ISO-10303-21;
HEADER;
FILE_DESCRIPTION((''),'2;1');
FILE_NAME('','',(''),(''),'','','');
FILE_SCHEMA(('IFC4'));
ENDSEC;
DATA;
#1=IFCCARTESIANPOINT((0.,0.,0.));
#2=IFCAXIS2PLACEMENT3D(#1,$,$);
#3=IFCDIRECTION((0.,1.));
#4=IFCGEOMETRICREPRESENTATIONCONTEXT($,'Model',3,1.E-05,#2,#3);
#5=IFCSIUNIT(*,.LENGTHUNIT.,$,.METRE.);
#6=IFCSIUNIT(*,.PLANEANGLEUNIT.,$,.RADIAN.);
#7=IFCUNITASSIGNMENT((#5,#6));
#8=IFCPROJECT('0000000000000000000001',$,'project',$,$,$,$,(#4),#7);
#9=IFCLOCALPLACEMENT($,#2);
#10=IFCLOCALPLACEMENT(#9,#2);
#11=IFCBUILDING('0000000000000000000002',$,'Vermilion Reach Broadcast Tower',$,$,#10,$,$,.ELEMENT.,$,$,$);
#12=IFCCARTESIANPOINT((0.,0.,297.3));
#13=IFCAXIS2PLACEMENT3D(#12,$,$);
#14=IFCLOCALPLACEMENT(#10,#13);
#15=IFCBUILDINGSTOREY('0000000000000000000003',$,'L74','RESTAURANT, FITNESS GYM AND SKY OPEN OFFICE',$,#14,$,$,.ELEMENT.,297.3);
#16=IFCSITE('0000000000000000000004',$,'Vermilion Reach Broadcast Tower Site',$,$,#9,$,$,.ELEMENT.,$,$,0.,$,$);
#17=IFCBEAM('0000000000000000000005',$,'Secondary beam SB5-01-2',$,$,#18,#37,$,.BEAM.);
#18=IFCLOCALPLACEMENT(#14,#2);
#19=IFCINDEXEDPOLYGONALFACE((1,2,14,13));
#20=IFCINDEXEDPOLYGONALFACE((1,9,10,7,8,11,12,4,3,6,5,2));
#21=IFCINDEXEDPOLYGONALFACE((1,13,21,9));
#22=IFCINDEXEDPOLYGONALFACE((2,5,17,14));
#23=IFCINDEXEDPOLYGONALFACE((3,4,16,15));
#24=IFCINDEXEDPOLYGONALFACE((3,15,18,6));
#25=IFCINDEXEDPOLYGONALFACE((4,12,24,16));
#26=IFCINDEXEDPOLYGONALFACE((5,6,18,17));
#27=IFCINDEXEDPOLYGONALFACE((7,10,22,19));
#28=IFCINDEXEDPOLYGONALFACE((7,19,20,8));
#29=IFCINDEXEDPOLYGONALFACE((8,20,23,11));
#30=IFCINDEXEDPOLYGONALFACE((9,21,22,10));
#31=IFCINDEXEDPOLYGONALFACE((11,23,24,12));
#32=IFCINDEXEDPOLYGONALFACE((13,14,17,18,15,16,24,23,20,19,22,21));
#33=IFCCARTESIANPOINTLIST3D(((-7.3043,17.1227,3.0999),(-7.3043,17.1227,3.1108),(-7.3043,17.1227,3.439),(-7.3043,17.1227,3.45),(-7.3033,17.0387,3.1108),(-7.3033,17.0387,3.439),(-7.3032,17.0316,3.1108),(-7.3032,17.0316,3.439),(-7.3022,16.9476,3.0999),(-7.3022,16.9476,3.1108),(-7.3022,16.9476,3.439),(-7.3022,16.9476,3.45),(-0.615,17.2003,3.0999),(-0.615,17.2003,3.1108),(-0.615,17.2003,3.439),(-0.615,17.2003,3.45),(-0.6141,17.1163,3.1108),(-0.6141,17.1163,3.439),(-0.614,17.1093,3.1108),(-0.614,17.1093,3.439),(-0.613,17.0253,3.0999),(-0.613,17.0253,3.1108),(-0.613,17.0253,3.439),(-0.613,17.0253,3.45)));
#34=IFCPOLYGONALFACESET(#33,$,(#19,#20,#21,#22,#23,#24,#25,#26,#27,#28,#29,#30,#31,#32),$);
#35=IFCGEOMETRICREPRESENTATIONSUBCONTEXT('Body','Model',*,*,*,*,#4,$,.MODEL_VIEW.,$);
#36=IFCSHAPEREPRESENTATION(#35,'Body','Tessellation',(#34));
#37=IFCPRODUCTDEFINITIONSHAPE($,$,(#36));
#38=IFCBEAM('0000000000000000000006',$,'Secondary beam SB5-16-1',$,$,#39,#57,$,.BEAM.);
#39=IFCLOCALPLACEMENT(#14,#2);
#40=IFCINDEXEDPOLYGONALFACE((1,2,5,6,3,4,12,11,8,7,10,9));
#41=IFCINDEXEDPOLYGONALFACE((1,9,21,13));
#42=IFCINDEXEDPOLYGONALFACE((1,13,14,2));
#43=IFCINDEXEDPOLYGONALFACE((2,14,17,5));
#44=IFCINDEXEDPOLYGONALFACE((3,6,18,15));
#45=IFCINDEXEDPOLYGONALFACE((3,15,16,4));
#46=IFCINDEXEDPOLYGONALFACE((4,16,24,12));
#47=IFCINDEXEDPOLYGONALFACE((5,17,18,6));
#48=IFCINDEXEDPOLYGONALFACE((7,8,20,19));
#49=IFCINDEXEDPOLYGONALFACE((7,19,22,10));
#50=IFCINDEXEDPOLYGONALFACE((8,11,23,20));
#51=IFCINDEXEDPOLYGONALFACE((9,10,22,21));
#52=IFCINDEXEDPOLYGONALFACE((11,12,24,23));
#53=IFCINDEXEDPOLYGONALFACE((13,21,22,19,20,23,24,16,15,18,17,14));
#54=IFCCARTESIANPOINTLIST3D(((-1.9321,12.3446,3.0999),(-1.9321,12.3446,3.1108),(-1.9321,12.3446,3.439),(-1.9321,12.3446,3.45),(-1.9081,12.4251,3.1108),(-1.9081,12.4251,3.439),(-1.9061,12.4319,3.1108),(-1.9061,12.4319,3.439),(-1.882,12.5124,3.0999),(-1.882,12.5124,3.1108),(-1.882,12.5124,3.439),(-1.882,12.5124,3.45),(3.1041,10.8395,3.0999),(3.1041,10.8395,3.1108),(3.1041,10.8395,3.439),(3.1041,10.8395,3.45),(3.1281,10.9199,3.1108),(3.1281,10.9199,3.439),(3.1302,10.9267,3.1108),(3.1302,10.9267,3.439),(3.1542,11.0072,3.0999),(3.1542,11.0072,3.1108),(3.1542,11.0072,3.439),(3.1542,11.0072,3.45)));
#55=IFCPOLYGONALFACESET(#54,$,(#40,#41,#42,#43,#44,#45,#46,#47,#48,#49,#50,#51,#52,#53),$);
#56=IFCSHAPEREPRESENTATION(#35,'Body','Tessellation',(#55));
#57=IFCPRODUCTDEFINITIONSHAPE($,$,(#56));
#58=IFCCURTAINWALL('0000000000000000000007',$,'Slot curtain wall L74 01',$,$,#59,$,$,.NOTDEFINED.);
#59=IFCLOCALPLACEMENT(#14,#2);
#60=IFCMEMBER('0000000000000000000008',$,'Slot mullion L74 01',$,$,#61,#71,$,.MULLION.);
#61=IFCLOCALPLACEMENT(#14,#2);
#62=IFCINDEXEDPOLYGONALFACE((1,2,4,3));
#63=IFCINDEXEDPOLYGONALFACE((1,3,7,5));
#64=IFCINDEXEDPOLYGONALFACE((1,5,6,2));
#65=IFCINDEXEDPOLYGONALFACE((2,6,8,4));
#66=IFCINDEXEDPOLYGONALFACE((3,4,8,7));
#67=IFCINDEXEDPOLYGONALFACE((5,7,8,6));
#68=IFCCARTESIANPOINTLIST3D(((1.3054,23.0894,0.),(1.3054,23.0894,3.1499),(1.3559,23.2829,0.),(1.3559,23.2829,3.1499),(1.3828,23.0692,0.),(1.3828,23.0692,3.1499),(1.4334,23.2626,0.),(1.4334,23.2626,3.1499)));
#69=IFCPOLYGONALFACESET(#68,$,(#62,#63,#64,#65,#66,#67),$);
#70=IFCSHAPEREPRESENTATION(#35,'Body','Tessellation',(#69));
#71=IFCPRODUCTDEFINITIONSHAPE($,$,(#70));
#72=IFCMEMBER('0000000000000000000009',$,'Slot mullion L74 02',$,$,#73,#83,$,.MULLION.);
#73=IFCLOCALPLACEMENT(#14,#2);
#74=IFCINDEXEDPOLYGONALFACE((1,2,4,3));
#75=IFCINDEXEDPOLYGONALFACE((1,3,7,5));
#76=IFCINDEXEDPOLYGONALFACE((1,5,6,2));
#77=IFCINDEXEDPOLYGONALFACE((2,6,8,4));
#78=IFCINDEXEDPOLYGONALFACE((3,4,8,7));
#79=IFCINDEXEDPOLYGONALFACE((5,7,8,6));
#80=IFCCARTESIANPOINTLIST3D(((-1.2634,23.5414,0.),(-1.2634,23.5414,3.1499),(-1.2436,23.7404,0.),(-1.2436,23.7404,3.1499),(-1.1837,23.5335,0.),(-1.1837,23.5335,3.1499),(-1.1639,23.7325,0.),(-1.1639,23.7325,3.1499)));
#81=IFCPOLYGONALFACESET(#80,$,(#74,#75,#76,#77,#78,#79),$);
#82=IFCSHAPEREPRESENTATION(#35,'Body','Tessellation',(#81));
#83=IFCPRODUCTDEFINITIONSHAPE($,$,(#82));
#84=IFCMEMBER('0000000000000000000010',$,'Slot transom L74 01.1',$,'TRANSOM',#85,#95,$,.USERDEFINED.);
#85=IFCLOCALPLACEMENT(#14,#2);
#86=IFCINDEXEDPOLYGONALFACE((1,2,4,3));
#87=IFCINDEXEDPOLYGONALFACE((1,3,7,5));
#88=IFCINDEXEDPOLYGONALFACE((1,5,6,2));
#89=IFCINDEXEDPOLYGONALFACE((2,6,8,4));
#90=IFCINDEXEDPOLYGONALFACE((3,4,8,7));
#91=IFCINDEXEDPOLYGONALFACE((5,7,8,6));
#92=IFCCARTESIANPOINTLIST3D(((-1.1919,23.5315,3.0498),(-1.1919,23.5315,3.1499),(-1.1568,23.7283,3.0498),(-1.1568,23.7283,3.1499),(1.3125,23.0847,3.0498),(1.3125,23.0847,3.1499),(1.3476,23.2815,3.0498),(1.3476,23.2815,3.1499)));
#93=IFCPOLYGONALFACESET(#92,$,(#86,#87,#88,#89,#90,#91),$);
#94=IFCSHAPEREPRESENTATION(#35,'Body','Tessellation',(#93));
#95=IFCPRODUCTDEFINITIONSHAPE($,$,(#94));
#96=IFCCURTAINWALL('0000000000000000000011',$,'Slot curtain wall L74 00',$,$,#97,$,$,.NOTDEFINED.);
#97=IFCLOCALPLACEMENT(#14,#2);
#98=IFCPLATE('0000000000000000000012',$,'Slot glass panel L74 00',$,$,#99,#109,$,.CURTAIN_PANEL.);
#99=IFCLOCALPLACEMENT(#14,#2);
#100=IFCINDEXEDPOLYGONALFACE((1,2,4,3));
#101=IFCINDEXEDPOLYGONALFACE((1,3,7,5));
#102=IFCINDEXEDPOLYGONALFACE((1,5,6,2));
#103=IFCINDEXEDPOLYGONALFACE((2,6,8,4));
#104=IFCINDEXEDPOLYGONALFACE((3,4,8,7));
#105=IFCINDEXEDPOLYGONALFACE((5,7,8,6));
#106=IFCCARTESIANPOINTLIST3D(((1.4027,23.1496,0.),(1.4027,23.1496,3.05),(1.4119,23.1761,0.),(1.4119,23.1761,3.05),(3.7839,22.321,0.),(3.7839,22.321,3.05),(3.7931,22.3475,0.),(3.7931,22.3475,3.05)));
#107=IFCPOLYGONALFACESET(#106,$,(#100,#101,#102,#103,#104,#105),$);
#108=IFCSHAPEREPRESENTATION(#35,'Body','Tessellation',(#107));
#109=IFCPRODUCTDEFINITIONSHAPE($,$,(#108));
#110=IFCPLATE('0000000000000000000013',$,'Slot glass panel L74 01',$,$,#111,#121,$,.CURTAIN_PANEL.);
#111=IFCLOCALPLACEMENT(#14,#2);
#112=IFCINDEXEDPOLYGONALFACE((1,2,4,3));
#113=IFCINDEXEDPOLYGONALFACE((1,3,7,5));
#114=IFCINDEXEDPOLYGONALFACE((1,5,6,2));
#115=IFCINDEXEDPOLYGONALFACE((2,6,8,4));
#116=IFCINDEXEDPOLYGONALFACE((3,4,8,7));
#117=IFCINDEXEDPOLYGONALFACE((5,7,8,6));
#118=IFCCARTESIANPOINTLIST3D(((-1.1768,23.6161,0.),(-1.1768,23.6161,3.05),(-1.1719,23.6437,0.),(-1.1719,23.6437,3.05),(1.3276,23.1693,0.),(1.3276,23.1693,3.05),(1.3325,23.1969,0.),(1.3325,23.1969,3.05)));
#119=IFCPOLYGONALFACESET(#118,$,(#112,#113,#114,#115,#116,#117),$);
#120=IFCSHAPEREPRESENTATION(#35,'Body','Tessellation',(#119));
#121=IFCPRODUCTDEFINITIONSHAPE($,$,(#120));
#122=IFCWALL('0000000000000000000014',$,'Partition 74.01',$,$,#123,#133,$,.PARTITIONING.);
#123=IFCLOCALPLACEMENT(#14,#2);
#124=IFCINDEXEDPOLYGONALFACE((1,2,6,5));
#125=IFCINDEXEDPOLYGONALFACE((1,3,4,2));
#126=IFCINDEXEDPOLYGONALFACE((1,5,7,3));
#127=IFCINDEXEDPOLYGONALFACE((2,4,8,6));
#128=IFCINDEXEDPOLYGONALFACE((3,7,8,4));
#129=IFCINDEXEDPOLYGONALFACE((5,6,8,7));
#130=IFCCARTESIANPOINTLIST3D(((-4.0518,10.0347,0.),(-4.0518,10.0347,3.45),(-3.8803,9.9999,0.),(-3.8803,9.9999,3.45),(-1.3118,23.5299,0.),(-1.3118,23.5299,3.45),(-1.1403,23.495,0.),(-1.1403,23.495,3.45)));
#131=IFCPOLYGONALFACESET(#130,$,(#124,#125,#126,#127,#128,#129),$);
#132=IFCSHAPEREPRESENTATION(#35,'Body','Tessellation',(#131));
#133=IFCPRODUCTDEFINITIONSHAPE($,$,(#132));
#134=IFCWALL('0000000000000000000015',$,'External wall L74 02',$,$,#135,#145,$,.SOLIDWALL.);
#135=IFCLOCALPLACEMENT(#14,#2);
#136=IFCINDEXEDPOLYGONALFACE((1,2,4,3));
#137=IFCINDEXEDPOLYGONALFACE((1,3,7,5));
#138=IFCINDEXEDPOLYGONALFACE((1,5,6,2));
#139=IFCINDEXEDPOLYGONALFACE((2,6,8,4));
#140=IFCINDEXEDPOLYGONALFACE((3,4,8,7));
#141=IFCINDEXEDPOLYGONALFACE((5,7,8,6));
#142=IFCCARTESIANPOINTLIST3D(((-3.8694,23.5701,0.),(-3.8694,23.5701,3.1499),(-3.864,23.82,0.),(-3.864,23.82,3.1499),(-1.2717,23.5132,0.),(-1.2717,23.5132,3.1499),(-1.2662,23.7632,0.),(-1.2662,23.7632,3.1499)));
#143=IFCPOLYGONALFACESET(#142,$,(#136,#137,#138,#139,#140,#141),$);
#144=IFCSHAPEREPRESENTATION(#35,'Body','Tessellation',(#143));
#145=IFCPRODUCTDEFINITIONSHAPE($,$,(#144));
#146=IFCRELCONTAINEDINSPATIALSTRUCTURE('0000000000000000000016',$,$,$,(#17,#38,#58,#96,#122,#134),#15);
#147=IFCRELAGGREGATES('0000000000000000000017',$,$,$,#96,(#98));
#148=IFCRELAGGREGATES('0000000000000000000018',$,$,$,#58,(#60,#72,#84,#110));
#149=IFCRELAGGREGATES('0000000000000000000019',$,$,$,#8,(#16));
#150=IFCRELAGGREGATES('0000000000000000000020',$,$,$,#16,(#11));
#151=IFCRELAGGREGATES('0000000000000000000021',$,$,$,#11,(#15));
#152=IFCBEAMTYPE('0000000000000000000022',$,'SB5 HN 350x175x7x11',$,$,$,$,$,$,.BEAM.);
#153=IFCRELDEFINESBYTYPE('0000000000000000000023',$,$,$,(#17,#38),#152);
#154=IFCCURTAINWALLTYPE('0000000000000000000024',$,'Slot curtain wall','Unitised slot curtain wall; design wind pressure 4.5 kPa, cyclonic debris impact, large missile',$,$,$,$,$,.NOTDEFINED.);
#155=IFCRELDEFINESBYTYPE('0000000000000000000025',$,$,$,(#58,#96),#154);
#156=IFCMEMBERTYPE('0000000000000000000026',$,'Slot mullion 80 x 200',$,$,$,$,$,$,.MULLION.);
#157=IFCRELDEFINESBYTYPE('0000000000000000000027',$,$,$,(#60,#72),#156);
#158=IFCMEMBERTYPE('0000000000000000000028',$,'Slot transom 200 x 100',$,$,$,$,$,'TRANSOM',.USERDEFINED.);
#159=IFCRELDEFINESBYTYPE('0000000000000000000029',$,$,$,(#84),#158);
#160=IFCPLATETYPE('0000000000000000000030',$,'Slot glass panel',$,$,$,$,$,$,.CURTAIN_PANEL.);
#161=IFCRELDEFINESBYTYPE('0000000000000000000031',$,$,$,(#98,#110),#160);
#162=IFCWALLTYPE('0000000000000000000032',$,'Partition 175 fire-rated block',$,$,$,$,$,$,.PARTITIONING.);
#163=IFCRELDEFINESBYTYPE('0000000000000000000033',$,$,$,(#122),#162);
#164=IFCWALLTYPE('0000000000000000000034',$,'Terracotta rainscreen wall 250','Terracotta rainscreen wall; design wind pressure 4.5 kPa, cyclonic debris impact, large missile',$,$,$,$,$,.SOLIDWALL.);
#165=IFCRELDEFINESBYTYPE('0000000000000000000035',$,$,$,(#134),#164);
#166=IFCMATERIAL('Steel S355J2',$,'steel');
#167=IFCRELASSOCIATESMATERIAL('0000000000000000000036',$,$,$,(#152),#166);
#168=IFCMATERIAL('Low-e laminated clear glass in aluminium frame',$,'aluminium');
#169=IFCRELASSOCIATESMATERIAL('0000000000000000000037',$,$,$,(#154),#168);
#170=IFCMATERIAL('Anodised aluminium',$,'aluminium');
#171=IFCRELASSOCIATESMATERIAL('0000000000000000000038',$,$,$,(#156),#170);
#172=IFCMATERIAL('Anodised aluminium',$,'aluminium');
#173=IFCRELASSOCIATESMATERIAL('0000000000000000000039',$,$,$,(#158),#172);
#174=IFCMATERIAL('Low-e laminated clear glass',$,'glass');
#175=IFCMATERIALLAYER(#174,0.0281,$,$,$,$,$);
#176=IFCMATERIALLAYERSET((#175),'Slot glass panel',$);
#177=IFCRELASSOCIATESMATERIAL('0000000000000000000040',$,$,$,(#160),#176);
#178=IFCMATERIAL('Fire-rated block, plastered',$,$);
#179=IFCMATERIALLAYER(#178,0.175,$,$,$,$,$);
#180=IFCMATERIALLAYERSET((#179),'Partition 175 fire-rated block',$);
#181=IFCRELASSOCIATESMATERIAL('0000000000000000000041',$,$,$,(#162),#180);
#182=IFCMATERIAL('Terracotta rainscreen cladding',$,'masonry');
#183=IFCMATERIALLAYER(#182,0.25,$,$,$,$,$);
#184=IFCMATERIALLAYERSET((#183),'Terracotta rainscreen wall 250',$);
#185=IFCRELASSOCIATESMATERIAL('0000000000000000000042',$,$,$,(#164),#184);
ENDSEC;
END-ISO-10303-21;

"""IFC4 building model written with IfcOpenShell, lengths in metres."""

from ifc_helpers import new_model, si_unit, direction, frame, frame_2d, origin, origin_2d, place, context, subcontext, project, spatial, rectangle, i_section, extrude, material, layer, layer_set, material_profile, profile_set, type_object, element, aggregate, save


model = new_model("IFC4")

# Units and contexts
model_context = context("Model", 3, precision=1e-05, world=origin(), true_north=direction((0.0, 1.0)))
body_context = subcontext(model_context, "Body", "Model", "MODEL_VIEW")
ifc_project = project(units=[si_unit("LENGTHUNIT", "METRE"), si_unit("PLANEANGLEUNIT", "RADIAN")], contexts=[model_context])

# Site, building, storey
site_placement = place(None, origin())
site = spatial("IfcSite", under=ifc_project, at=site_placement, Name="Vermilion Reach Broadcast Tower Site", CompositionType="ELEMENT", RefElevation=0.0)
building_placement = place(site_placement, origin())
building = spatial("IfcBuilding", under=site, at=building_placement, Name="Vermilion Reach Broadcast Tower", CompositionType="ELEMENT")
storey_placement = place(building_placement, frame((0.0, 0.0, 297.3)))
storey = spatial("IfcBuildingStorey", under=building, at=storey_placement, Name="L74", Description="RESTAURANT, FITNESS GYM AND SKY OPEN OFFICE", CompositionType="ELEMENT", Elevation=297.3)

# Beams
ifc_material_1 = material(Name="Steel S355J2", Category="steel")
ifc_material_profile_1 = material_profile(ifc_material_1, i_section(OverallWidth=0.175, OverallDepth=0.3501, WebThickness=0.0071, FlangeThickness=0.011, at=origin_2d()), Name="S355J2 HN 350x175x7x11")
ifc_profile_set_1 = profile_set([ifc_material_profile_1], Name="Steel S355J2")
beam_type_1 = type_object("IfcBeamType", Name="SB5 HN 350x175x7x11", PredefinedType="BEAM", material=ifc_profile_set_1)
beam_1_placement = place(storey_placement, frame((-0.614, 17.1128, 3.2749), z_axis=(-0.999933, -0.011605, 0.0), x_axis=(0.011605, -0.999933, 0.0)))
element("IfcBeam", 1, at=beam_1_placement, inside=storey, type_object=beam_type_1, Name="Secondary beam SB5-01-2", PredefinedType="BEAM", context=body_context, shape_type="SweptSolid", body=[
    extrude(i_section(OverallWidth=0.175, OverallDepth=0.3501, WebThickness=0.0071, FlangeThickness=0.011, at=origin_2d()), origin(), (0.0, 0.0, 1.0), 6.6897),
])
beam_2_placement = place(storey_placement, frame((3.1292, 10.9233, 3.2749), z_axis=(-0.958125, 0.286351, 0.0), x_axis=(-0.286351, -0.958125, 0.0)))
element("IfcBeam", 2, at=beam_2_placement, inside=storey, type_object=beam_type_1, Name="Secondary beam SB5-16-1", PredefinedType="BEAM", context=body_context, shape_type="SweptSolid", body=[
    extrude(i_section(OverallWidth=0.175, OverallDepth=0.3501, WebThickness=0.0071, FlangeThickness=0.011, at=origin_2d()), origin(), (0.0, 0.0, 1.0), 5.2563),
])

# Curtain wall, members
ifc_material_2 = material(Name="Low-e laminated clear glass in aluminium frame", Category="aluminium")
curtain_wall_type = type_object("IfcCurtainWallType", Name="Slot curtain wall", Description="Unitised slot curtain wall; design wind pressure 4.5 kPa, cyclonic debris impact, large missile", PredefinedType="NOTDEFINED", material=ifc_material_2)
placement = place(storey_placement, origin())
curtain_wall_1 = element("IfcCurtainWall", 3, at=placement, inside=storey, type_object=curtain_wall_type, Name="Slot curtain wall L74 01", PredefinedType="NOTDEFINED")
ifc_material_3 = material(Name="Anodised aluminium", Category="aluminium")
ifc_material_profile_2 = material_profile(ifc_material_3, rectangle(XDim=0.2, YDim=0.0801, at=origin_2d()), Name="Slot mullion 80 x 200")
ifc_profile_set_2 = profile_set([ifc_material_profile_2], Name="Anodised aluminium")
member_type_1 = type_object("IfcMemberType", Name="Slot mullion 80 x 200", PredefinedType="MULLION", material=ifc_profile_set_2)
member_1_placement = place(storey_placement, frame((1.3694, 23.176, 0.0), z_axis=(0.0, 0.0, 1.0), x_axis=(-0.252932, -0.967484, 0.0)))
member_1 = element("IfcMember", 4, at=member_1_placement, type_object=member_type_1, Name="Slot mullion L74 01", PredefinedType="MULLION", context=body_context, shape_type="SweptSolid", body=[
    extrude(rectangle(XDim=0.2, YDim=0.0801, at=origin_2d()), origin(), (0.0, 0.0, 1.0), 3.1499),
])
member_2_placement = place(storey_placement, frame((-1.2136, 23.637, 0.0), z_axis=(0.0, 0.0, 1.0), x_axis=(-0.099085, -0.995079, 0.0)))
member_2 = element("IfcMember", 5, at=member_2_placement, type_object=member_type_1, Name="Slot mullion L74 02", PredefinedType="MULLION", context=body_context, shape_type="SweptSolid", body=[
    extrude(rectangle(XDim=0.2, YDim=0.0801, at=origin_2d()), origin(), (0.0, 0.0, 1.0), 3.1499),
])
ifc_material_4 = material(Name="Anodised aluminium", Category="aluminium")
ifc_material_profile_3 = material_profile(ifc_material_4, rectangle(XDim=0.2, YDim=0.1001, at=origin_2d()), Name="Slot transom 200 x 100")
ifc_profile_set_3 = profile_set([ifc_material_profile_3], Name="Anodised aluminium")
member_type_2 = type_object("IfcMemberType", Name="Slot transom 200 x 100", ElementType="TRANSOM", PredefinedType="USERDEFINED", material=ifc_profile_set_3)
member_3_placement = place(storey_placement, frame((1.3301, 23.1831, 3.0999), z_axis=(-0.984457, 0.175625, 0.0), x_axis=(-0.175625, -0.984457, 0.0)))
member_3 = element("IfcMember", 6, at=member_3_placement, type_object=member_type_2, Name="Slot transom L74 01.1", ObjectType="TRANSOM", PredefinedType="USERDEFINED", context=body_context, shape_type="SweptSolid", body=[
    extrude(rectangle(XDim=0.2, YDim=0.1001, at=origin_2d()), origin(), (0.0, 0.0, 1.0), 2.5439),
])

# Curtain wall, plate
curtain_wall_2 = element("IfcCurtainWall", 7, at=placement, inside=storey, type_object=curtain_wall_type, Name="Slot curtain wall L74 00", PredefinedType="NOTDEFINED")
ifc_material_5 = material(Name="Low-e laminated clear glass", Category="glass")
ifc_layer_1 = layer(ifc_material_5, 0.0281)
ifc_layer_set_1 = layer_set([ifc_layer_1], Name="Slot glass panel")
plate_type = type_object("IfcPlateType", Name="Slot glass panel", PredefinedType="CURTAIN_PANEL", material=ifc_layer_set_1)
plate_1_placement = place(storey_placement, frame((2.5979, 22.7485, 0.0), z_axis=(0.0, 0.0, 1.0), x_axis=(-0.944452, 0.328648, 0.0)))
plate_1 = element("IfcPlate", 8, at=plate_1_placement, type_object=plate_type, Name="Slot glass panel L74 00", PredefinedType="CURTAIN_PANEL", context=body_context, shape_type="SweptSolid", body=[
    extrude(rectangle(XDim=2.5212, YDim=0.0281, at=origin_2d()), origin(), (0.0, 0.0, 1.0), 3.05),
])
aggregate(curtain_wall_2, [plate_1])

# Plate
plate_2_placement = place(storey_placement, frame((0.0779, 23.4065, 0.0), z_axis=(0.0, 0.0, 1.0), x_axis=(-0.984456, 0.175632, 0.0)))
plate_2 = element("IfcPlate", 9, at=plate_2_placement, type_object=plate_type, Name="Slot glass panel L74 01", PredefinedType="CURTAIN_PANEL", context=body_context, shape_type="SweptSolid", body=[
    extrude(rectangle(XDim=2.5439, YDim=0.0281, at=origin_2d()), origin(), (0.0, 0.0, 1.0), 3.05),
])
aggregate(curtain_wall_1, [member_1, member_2, member_3, plate_2])

# Walls
ifc_material_6 = material(Name="Fire-rated block, plastered")
ifc_layer_2 = layer(ifc_material_6, 0.175)
ifc_layer_set_2 = layer_set([ifc_layer_2], Name="Partition 175 fire-rated block")
wall_type_1 = type_object("IfcWallType", Name="Partition 175 fire-rated block", PredefinedType="PARTITIONING", material=ifc_layer_set_2)
wall_1_placement = place(storey_placement, frame((-1.2261, 23.5125, 0.0), z_axis=(0.0, 0.0, 1.0), x_axis=(-0.198976, -0.980004, 0.0)))
element("IfcWall", 10, at=wall_1_placement, inside=storey, type_object=wall_type_1, Name="Partition 74.01", PredefinedType="PARTITIONING", context=body_context, shape_type="SweptSolid", body=[
    extrude(rectangle(XDim=13.7705, YDim=0.175, at=frame_2d((6.8853, 0.0))), origin(), (0.0, 0.0, 1.0), 3.45),
])
ifc_material_7 = material(Name="Terracotta rainscreen cladding", Category="masonry")
ifc_layer_3 = layer(ifc_material_7, 0.25)
ifc_layer_set_3 = layer_set([ifc_layer_3], Name="Terracotta rainscreen wall 250")
wall_type_2 = type_object("IfcWallType", Name="Terracotta rainscreen wall 250", Description="Terracotta rainscreen wall; design wind pressure 4.5 kPa, cyclonic debris impact, large missile", PredefinedType="SOLIDWALL", material=ifc_layer_set_3)
wall_2_placement = place(storey_placement, frame((-1.2688, 23.6382, 0.0), z_axis=(0.0, 0.0, 1.0), x_axis=(-0.99976, 0.021893, 0.0)))
element("IfcWall", 11, at=wall_2_placement, inside=storey, type_object=wall_type_2, Name="External wall L74 02", PredefinedType="SOLIDWALL", context=body_context, shape_type="SweptSolid", body=[
    extrude(rectangle(XDim=2.5984, YDim=0.25, at=frame_2d((1.2993, 0.0))), origin(), (0.0, 0.0, 1.0), 3.1499),
])

save(model, "model.ifc")
